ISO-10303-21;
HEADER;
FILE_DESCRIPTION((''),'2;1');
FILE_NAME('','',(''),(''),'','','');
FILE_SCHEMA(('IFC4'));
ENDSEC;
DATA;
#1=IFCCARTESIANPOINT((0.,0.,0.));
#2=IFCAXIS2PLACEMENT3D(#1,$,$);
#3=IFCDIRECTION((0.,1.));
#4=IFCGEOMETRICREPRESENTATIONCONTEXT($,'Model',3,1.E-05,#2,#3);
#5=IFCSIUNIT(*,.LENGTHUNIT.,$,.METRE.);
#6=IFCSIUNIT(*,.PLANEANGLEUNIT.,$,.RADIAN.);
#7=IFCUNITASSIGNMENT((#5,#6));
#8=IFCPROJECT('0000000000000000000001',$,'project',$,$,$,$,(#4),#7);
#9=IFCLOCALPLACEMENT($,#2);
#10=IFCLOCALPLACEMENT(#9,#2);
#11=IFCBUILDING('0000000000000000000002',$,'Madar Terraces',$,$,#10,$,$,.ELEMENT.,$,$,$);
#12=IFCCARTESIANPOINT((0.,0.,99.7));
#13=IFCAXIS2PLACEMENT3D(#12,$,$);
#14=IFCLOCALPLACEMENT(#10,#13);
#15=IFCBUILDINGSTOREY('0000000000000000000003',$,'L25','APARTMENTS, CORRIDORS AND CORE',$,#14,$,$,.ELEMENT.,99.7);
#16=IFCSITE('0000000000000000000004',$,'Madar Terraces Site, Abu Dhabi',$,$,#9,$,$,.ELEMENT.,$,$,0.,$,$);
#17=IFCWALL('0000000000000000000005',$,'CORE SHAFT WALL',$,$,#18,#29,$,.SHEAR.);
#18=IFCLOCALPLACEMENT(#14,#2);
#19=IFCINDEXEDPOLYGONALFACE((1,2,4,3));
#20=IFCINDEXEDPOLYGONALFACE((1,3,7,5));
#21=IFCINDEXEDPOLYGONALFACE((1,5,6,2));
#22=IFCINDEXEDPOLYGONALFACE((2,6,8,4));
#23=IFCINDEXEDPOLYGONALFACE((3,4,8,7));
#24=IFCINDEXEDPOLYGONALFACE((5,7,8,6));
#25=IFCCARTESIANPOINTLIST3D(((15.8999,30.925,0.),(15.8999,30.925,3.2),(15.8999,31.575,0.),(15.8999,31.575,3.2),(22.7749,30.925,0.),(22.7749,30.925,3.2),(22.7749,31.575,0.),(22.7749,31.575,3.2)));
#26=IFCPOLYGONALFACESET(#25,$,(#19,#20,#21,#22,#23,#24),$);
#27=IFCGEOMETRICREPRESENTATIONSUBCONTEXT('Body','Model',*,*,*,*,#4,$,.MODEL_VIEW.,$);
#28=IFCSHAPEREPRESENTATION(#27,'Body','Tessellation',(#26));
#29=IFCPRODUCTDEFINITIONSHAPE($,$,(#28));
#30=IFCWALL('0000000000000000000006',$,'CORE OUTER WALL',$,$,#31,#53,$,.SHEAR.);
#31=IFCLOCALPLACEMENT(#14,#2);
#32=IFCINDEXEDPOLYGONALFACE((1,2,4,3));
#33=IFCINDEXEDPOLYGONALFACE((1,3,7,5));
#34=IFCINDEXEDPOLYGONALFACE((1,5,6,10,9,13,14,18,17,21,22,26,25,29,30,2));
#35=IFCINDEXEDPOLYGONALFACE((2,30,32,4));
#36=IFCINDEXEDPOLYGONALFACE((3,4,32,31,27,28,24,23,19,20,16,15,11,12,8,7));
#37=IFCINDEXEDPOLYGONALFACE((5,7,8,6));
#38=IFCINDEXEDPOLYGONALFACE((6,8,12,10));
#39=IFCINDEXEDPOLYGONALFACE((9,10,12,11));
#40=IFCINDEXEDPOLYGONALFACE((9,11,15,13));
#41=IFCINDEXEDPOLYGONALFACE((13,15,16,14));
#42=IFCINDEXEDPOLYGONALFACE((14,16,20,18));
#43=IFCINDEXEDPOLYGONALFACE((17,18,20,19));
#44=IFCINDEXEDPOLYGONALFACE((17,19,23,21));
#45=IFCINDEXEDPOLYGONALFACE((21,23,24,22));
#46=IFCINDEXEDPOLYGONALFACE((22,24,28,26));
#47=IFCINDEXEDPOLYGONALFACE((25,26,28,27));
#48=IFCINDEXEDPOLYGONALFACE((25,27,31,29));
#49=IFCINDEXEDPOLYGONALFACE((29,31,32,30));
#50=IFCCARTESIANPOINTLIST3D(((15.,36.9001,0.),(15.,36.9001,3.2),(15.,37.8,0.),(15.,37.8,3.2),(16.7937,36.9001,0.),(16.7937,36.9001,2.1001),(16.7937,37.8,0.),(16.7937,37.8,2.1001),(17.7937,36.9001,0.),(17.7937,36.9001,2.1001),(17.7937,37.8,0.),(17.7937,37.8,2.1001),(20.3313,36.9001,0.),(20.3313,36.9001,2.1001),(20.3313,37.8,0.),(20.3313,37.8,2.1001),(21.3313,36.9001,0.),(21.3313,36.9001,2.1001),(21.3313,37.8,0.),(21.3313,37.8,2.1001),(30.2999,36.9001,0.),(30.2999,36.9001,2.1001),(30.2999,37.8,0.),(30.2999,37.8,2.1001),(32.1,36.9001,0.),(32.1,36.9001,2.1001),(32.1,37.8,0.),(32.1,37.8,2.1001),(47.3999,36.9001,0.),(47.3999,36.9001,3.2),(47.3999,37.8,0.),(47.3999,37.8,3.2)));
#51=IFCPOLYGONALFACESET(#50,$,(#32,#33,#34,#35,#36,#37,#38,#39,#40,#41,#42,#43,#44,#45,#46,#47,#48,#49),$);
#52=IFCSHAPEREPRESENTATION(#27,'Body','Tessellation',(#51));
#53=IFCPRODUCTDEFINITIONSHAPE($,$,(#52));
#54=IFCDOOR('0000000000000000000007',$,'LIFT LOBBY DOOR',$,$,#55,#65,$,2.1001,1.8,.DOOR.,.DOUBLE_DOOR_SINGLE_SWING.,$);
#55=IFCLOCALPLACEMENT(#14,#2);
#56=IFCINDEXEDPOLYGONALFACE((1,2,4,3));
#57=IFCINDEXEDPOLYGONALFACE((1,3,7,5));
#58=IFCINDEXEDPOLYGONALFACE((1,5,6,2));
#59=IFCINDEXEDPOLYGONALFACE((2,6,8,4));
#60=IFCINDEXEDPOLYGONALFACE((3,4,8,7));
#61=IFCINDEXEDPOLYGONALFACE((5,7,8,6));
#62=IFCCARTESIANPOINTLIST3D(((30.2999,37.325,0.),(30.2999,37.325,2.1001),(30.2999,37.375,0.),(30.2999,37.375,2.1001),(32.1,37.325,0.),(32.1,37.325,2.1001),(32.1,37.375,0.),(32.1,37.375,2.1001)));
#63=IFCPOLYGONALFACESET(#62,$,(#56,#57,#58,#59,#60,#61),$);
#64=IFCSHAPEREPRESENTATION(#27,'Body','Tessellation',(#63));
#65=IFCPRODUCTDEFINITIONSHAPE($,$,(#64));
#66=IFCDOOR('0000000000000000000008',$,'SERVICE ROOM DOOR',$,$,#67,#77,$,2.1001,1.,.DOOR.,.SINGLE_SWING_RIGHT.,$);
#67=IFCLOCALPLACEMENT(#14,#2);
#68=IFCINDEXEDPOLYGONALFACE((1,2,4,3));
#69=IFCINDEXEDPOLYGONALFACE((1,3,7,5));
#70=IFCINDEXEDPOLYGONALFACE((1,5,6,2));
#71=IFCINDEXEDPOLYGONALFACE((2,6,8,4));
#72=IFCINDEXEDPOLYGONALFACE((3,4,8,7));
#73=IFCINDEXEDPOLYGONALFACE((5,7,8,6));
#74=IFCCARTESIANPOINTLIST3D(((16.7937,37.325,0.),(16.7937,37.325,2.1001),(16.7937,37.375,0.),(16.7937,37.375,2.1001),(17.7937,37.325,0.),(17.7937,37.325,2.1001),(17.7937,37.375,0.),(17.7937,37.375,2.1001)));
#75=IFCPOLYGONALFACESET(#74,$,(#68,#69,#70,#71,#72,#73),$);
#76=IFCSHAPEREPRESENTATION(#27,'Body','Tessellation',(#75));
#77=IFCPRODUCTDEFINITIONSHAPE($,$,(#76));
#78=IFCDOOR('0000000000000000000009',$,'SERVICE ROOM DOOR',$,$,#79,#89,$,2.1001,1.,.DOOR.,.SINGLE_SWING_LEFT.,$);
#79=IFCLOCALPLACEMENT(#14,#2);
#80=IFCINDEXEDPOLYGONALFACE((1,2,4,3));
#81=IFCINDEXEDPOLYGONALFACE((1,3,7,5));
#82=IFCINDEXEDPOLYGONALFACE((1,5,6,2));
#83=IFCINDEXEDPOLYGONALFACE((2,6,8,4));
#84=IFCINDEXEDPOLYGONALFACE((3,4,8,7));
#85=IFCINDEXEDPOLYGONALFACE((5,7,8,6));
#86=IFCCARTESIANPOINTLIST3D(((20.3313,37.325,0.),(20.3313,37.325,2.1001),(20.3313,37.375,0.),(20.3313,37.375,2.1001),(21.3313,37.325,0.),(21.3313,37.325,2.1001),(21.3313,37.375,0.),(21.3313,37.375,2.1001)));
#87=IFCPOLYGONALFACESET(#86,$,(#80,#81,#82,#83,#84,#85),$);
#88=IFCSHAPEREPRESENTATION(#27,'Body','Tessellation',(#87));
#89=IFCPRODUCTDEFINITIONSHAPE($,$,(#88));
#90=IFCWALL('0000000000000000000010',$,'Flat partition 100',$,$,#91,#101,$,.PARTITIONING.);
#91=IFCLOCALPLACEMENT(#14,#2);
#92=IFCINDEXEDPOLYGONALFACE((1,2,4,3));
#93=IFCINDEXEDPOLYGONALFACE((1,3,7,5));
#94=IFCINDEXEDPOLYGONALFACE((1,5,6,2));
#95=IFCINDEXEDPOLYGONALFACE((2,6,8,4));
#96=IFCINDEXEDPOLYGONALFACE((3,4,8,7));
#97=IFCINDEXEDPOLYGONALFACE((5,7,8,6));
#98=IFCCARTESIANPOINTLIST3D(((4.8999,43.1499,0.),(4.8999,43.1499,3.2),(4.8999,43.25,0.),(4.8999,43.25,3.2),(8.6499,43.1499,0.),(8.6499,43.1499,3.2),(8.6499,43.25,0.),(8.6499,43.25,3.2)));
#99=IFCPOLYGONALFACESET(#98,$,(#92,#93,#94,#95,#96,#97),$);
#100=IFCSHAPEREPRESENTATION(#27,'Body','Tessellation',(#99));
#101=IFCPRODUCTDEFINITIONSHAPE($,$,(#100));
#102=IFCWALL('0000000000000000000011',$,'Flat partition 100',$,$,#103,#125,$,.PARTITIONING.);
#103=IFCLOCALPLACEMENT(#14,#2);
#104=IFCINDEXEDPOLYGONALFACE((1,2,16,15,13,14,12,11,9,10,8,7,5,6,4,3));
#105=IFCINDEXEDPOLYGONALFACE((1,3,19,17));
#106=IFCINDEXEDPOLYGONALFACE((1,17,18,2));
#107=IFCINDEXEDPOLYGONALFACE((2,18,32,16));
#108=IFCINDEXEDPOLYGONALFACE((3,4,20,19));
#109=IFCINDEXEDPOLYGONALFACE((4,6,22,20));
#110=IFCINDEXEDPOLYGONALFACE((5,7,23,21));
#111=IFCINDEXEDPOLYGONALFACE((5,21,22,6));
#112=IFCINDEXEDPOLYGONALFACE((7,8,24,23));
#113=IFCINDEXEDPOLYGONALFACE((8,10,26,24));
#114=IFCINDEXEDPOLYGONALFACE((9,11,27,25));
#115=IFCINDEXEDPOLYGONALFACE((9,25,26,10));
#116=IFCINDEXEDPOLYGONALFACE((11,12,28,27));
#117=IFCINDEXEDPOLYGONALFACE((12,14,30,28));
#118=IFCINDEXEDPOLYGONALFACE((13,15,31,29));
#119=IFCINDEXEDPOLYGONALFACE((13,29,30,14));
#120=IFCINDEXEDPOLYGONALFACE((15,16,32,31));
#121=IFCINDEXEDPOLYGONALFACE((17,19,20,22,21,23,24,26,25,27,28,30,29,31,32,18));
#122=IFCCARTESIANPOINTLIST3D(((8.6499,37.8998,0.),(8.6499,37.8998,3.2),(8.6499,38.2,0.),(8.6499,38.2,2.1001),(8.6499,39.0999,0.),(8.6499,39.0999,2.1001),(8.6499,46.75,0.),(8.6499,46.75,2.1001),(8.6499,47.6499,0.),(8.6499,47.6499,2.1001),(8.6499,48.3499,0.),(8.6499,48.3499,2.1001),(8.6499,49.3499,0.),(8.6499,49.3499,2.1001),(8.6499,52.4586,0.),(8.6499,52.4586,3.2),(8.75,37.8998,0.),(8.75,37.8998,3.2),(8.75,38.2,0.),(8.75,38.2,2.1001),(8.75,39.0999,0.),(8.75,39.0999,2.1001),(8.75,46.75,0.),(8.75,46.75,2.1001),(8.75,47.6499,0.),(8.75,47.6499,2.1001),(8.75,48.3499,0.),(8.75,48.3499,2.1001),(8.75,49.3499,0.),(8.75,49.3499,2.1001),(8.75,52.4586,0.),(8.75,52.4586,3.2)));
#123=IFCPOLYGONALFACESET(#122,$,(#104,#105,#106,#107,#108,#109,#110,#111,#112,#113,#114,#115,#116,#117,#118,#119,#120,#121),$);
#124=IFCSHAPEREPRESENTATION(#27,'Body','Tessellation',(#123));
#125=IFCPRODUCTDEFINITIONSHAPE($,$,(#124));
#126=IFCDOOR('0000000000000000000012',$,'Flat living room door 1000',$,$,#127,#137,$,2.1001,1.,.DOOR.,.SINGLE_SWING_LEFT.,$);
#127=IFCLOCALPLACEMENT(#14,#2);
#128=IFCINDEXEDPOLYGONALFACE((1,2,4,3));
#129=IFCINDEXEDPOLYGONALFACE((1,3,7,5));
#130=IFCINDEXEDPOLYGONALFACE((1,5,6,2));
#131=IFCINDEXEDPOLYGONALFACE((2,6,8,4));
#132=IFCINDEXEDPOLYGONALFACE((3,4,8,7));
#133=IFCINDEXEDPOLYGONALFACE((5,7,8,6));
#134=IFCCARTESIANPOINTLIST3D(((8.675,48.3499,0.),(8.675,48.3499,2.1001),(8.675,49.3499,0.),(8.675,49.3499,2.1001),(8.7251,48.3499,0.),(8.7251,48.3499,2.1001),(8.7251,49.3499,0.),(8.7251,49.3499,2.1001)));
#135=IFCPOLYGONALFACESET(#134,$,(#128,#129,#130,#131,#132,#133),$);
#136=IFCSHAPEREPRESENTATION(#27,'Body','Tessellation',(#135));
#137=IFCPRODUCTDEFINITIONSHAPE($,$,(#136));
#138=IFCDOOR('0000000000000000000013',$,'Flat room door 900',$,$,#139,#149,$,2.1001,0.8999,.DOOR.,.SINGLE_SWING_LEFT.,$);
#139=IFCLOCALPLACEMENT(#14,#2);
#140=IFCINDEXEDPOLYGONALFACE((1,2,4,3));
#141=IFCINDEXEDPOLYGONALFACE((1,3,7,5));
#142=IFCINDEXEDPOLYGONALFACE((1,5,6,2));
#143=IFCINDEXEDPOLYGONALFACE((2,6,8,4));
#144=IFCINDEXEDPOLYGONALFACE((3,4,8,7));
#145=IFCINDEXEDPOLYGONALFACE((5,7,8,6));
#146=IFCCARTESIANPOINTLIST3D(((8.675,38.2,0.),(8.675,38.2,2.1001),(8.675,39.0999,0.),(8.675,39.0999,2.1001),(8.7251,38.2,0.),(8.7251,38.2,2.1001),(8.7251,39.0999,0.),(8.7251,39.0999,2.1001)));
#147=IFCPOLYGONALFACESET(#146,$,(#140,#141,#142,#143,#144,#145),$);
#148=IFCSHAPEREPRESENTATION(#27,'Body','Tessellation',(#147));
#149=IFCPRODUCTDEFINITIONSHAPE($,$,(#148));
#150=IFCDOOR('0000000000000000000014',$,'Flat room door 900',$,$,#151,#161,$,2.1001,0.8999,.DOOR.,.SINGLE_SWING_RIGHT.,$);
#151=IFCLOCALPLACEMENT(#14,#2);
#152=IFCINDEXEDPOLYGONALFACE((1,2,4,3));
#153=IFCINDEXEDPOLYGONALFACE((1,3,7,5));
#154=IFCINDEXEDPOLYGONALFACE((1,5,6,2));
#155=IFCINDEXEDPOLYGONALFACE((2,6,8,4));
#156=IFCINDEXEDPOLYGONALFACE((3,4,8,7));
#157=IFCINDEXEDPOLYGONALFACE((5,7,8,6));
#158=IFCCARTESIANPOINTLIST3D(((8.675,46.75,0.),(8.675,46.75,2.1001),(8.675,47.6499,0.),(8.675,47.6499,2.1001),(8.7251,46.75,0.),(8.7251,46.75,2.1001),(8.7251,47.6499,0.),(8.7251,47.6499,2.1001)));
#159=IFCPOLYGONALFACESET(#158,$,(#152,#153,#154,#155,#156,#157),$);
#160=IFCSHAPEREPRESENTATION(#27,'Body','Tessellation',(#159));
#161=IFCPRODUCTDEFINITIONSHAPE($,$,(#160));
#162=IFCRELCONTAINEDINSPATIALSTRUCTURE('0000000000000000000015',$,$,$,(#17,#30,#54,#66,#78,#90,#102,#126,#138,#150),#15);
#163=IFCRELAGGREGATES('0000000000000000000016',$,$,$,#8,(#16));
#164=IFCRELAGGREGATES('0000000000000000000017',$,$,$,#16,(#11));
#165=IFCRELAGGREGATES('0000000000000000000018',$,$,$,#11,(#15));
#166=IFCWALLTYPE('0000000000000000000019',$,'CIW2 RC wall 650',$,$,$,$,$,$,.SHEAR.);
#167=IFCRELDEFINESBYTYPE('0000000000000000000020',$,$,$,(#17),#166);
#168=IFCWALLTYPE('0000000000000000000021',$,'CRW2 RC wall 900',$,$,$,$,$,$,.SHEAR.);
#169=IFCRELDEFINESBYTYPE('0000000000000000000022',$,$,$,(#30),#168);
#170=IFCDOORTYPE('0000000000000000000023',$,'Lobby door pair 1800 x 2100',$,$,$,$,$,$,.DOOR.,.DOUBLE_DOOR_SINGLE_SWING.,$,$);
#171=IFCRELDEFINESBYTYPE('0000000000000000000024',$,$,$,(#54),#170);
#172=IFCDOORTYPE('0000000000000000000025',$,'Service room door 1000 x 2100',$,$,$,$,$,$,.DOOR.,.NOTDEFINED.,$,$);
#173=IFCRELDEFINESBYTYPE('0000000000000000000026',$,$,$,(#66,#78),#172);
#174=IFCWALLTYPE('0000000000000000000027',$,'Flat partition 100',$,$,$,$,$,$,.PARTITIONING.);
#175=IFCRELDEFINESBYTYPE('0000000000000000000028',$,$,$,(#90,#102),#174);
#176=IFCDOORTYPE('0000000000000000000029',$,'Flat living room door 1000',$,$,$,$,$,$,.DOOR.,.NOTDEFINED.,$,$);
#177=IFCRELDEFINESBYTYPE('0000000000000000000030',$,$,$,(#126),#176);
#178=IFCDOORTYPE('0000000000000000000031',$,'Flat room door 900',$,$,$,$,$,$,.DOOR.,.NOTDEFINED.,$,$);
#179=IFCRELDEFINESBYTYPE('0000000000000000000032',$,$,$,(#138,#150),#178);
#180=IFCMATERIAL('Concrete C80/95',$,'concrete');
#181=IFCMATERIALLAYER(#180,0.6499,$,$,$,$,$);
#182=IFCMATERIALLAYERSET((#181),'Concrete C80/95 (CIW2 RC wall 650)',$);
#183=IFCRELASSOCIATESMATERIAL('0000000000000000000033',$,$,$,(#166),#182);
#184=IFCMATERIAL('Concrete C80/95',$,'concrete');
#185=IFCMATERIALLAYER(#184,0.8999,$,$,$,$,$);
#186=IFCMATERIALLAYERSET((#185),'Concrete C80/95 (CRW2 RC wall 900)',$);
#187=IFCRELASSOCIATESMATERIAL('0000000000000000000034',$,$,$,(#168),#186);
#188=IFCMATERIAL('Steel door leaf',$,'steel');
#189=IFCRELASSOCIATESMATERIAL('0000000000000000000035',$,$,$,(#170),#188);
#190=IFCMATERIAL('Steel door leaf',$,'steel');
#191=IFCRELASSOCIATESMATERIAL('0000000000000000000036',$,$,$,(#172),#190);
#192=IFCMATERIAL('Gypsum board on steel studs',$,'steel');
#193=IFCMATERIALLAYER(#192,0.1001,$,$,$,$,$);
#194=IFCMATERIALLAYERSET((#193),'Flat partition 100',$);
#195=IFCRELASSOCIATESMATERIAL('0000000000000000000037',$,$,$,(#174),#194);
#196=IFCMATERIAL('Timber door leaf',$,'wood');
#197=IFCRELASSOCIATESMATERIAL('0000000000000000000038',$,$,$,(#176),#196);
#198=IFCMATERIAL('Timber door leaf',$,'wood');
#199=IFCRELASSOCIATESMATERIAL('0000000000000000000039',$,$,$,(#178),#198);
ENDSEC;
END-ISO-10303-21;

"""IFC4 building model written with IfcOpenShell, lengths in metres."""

from ifc_helpers import new_model, si_unit, direction, frame, frame_2d, origin, place, context, subcontext, project, spatial, rectangle, extrude, material, layer, layer_set, type_object, element, fill, save


model = new_model("IFC4")

# Units and contexts
model_context = context("Model", 3, precision=1e-05, world=origin(), true_north=direction((0.0, 1.0)))
body_context = subcontext(model_context, "Body", "Model", "MODEL_VIEW")
ifc_project = project(units=[si_unit("LENGTHUNIT", "METRE"), si_unit("PLANEANGLEUNIT", "RADIAN")], contexts=[model_context])

# Site, building, storey
site_placement = place(None, origin())
site = spatial("IfcSite", under=ifc_project, at=site_placement, Name="Madar Terraces Site, Abu Dhabi", CompositionType="ELEMENT", RefElevation=0.0)
building_placement = place(site_placement, origin())
building = spatial("IfcBuilding", under=site, at=building_placement, Name="Madar Terraces", CompositionType="ELEMENT")
storey_placement = place(building_placement, frame((0.0, 0.0, 99.7)))
storey = spatial("IfcBuildingStorey", under=building, at=storey_placement, Name="L25", Description="APARTMENTS, CORRIDORS AND CORE", CompositionType="ELEMENT", Elevation=99.7)

# Wall
ifc_material_1 = material(Name="Concrete C80/95", Category="concrete")
ifc_layer_1 = layer(ifc_material_1, 0.6499)
ifc_layer_set_1 = layer_set([ifc_layer_1], Name="Concrete C80/95 (CIW2 RC wall 650)")
wall_type_1 = type_object("IfcWallType", Name="CIW2 RC wall 650", PredefinedType="SHEAR", material=ifc_layer_set_1)
wall_1_placement = place(storey_placement, frame((15.8999, 31.25, 0.0), z_axis=(0.0, 0.0, 1.0), x_axis=(1.0, 0.0, 0.0)))
element("IfcWall", 1, at=wall_1_placement, inside=storey, type_object=wall_type_1, Name="CORE SHAFT WALL", PredefinedType="SHEAR", context=body_context, shape_type="SweptSolid", body=[
    extrude(rectangle(XDim=6.875, YDim=0.6499, at=frame_2d((3.4375, 0.0))), origin(), (0.0, 0.0, 1.0), 3.2),
])

# Wall, openings, doors
ifc_material_2 = material(Name="Concrete C80/95", Category="concrete")
ifc_layer_2 = layer(ifc_material_2, 0.8999)
ifc_layer_set_2 = layer_set([ifc_layer_2], Name="Concrete C80/95 (CRW2 RC wall 900)")
wall_type_2 = type_object("IfcWallType", Name="CRW2 RC wall 900", PredefinedType="SHEAR", material=ifc_layer_set_2)
wall_2_placement = place(storey_placement, frame((15.0, 37.3501, 0.0), z_axis=(0.0, 0.0, 1.0), x_axis=(1.0, 0.0, 0.0)))
wall_2 = element("IfcWall", 2, at=wall_2_placement, inside=storey, type_object=wall_type_2, Name="CORE OUTER WALL", PredefinedType="SHEAR", context=body_context, shape_type="SweptSolid", body=[
    extrude(rectangle(XDim=32.3999, YDim=0.8999, at=frame_2d((16.2, 0.0))), origin(), (0.0, 0.0, 1.0), 3.2),
])
opening_1_placement = place(wall_2_placement, frame((15.3, 0.0, 0.0)))
opening_1 = element("IfcOpeningElement", 3, at=opening_1_placement, cuts=wall_2, PredefinedType="OPENING", context=body_context, shape_type="SweptSolid", body=[
    extrude(rectangle(XDim=1.8, YDim=2.1001, at=frame_2d((0.8999, 1.05))), frame((0.0, 0.46, 0.0), z_axis=(0.0, -1.0, 0.0), x_axis=(1.0, 0.0, 0.0)), (0.0, 0.0, 1.0), 0.9199),
])
opening_2_placement = place(wall_2_placement, frame((1.7937, 0.0, 0.0)))
opening_2 = element("IfcOpeningElement", 4, at=opening_2_placement, cuts=wall_2, PredefinedType="OPENING", context=body_context, shape_type="SweptSolid", body=[
    extrude(rectangle(XDim=1.0, YDim=2.1001, at=frame_2d((0.5, 1.05))), frame((0.0, 0.46, 0.0), z_axis=(0.0, -1.0, 0.0), x_axis=(1.0, 0.0, 0.0)), (0.0, 0.0, 1.0), 0.9199),
])
opening_3_placement = place(wall_2_placement, frame((5.3313, 0.0, 0.0)))
opening_3 = element("IfcOpeningElement", 5, at=opening_3_placement, cuts=wall_2, PredefinedType="OPENING", context=body_context, shape_type="SweptSolid", body=[
    extrude(rectangle(XDim=1.0, YDim=2.1001, at=frame_2d((0.5, 1.05))), frame((0.0, 0.46, 0.0), z_axis=(0.0, -1.0, 0.0), x_axis=(1.0, 0.0, 0.0)), (0.0, 0.0, 1.0), 0.9199),
])
ifc_material_3 = material(Name="Steel door leaf", Category="steel")
door_type_1 = type_object("IfcDoorType", Name="Lobby door pair 1800 x 2100", OperationType="DOUBLE_DOOR_SINGLE_SWING", PredefinedType="DOOR", material=ifc_material_3)
door_1_placement = place(opening_1_placement, origin())
door_1 = element("IfcDoor", 6, at=door_1_placement, inside=storey, type_object=door_type_1, Name="LIFT LOBBY DOOR", OperationType="DOUBLE_DOOR_SINGLE_SWING", OverallHeight=2.1001, OverallWidth=1.8, PredefinedType="DOOR", context=body_context, shape_type="SweptSolid", body=[
    extrude(rectangle(XDim=1.8, YDim=2.1001, at=frame_2d((0.8999, 1.05))), frame((0.0, 0.0249, 0.0), z_axis=(0.0, -1.0, 0.0), x_axis=(1.0, 0.0, 0.0)), (0.0, 0.0, 1.0), 0.05),
])
fill(opening_1, door_1)
ifc_material_4 = material(Name="Steel door leaf", Category="steel")
door_type_2 = type_object("IfcDoorType", Name="Service room door 1000 x 2100", OperationType="NOTDEFINED", PredefinedType="DOOR", material=ifc_material_4)
door_2_placement = place(opening_2_placement, origin())
door_2 = element("IfcDoor", 7, at=door_2_placement, inside=storey, type_object=door_type_2, Name="SERVICE ROOM DOOR", OperationType="SINGLE_SWING_RIGHT", OverallHeight=2.1001, OverallWidth=1.0, PredefinedType="DOOR", context=body_context, shape_type="SweptSolid", body=[
    extrude(rectangle(XDim=1.0, YDim=2.1001, at=frame_2d((0.5, 1.05))), frame((0.0, 0.0249, 0.0), z_axis=(0.0, -1.0, 0.0), x_axis=(1.0, 0.0, 0.0)), (0.0, 0.0, 1.0), 0.05),
])
fill(opening_2, door_2)
door_3_placement = place(opening_3_placement, origin())
door_3 = element("IfcDoor", 8, at=door_3_placement, inside=storey, type_object=door_type_2, Name="SERVICE ROOM DOOR", OperationType="SINGLE_SWING_LEFT", OverallHeight=2.1001, OverallWidth=1.0, PredefinedType="DOOR", context=body_context, shape_type="SweptSolid", body=[
    extrude(rectangle(XDim=1.0, YDim=2.1001, at=frame_2d((0.5, 1.05))), frame((0.0, 0.0249, 0.0), z_axis=(0.0, -1.0, 0.0), x_axis=(1.0, 0.0, 0.0)), (0.0, 0.0, 1.0), 0.05),
])
fill(opening_3, door_3)

# Wall
ifc_material_5 = material(Name="Gypsum board on steel studs", Category="steel")
ifc_layer_3 = layer(ifc_material_5, 0.1001)
ifc_layer_set_3 = layer_set([ifc_layer_3], Name="Flat partition 100")
wall_type_3 = type_object("IfcWallType", Name="Flat partition 100", PredefinedType="PARTITIONING", material=ifc_layer_set_3)
wall_3_placement = place(storey_placement, frame((8.6499, 43.2, 0.0), z_axis=(0.0, 0.0, 1.0), x_axis=(-1.0, 0.0, 0.0)))
element("IfcWall", 9, at=wall_3_placement, inside=storey, type_object=wall_type_3, Name="Flat partition 100", PredefinedType="PARTITIONING", context=body_context, shape_type="SweptSolid", body=[
    extrude(rectangle(XDim=3.75, YDim=0.1001, at=frame_2d((1.875, 0.0))), origin(), (0.0, 0.0, 1.0), 3.2),
])

# Wall, openings, doors
wall_4_placement = place(storey_placement, frame((8.7, 37.8999, 0.0), z_axis=(0.0, 0.0, 1.0), x_axis=(0.0, 1.0, 0.0)))
wall_4 = element("IfcWall", 10, at=wall_4_placement, inside=storey, type_object=wall_type_3, Name="Flat partition 100", PredefinedType="PARTITIONING", context=body_context, shape_type="SweptSolid", body=[
    extrude(rectangle(XDim=14.5588, YDim=0.1001, at=frame_2d((7.2793, 0.0))), origin(), (0.0, 0.0, 1.0), 3.2),
])
opening_4_placement = place(wall_4_placement, frame((0.3, 0.0, 0.0)))
opening_4 = element("IfcOpeningElement", 11, at=opening_4_placement, cuts=wall_4, PredefinedType="OPENING", context=body_context, shape_type="SweptSolid", body=[
    extrude(rectangle(XDim=0.8999, YDim=2.1001, at=frame_2d((0.45, 1.05))), frame((0.0, 0.0601, 0.0), z_axis=(0.0, -1.0, 0.0), x_axis=(1.0, 0.0, 0.0)), (0.0, 0.0, 1.0), 0.1201),
])
opening_5_placement = place(wall_4_placement, frame((8.8501, 0.0, 0.0)))
opening_5 = element("IfcOpeningElement", 12, at=opening_5_placement, cuts=wall_4, PredefinedType="OPENING", context=body_context, shape_type="SweptSolid", body=[
    extrude(rectangle(XDim=0.8999, YDim=2.1001, at=frame_2d((0.45, 1.05))), frame((0.0, 0.0601, 0.0), z_axis=(0.0, -1.0, 0.0), x_axis=(1.0, 0.0, 0.0)), (0.0, 0.0, 1.0), 0.1201),
])
opening_6_placement = place(wall_4_placement, frame((10.45, 0.0, 0.0)))
opening_6 = element("IfcOpeningElement", 13, at=opening_6_placement, cuts=wall_4, PredefinedType="OPENING", context=body_context, shape_type="SweptSolid", body=[
    extrude(rectangle(XDim=1.0, YDim=2.1001, at=frame_2d((0.5, 1.05))), frame((0.0, 0.0601, 0.0), z_axis=(0.0, -1.0, 0.0), x_axis=(1.0, 0.0, 0.0)), (0.0, 0.0, 1.0), 0.1201),
])
ifc_material_6 = material(Name="Timber door leaf", Category="wood")
door_type_3 = type_object("IfcDoorType", Name="Flat living room door 1000", OperationType="NOTDEFINED", PredefinedType="DOOR", material=ifc_material_6)
door_4_placement = place(opening_6_placement, origin())
door_4 = element("IfcDoor", 14, at=door_4_placement, inside=storey, type_object=door_type_3, Name="Flat living room door 1000", OperationType="SINGLE_SWING_LEFT", OverallHeight=2.1001, OverallWidth=1.0, PredefinedType="DOOR", context=body_context, shape_type="SweptSolid", body=[
    extrude(rectangle(XDim=1.0, YDim=2.1001, at=frame_2d((0.5, 1.05))), frame((0.0, 0.0249, 0.0), z_axis=(0.0, -1.0, 0.0), x_axis=(1.0, 0.0, 0.0)), (0.0, 0.0, 1.0), 0.05),
])
fill(opening_6, door_4)
ifc_material_7 = material(Name="Timber door leaf", Category="wood")
door_type_4 = type_object("IfcDoorType", Name="Flat room door 900", OperationType="NOTDEFINED", PredefinedType="DOOR", material=ifc_material_7)
door_5_placement = place(opening_4_placement, origin())
door_5 = element("IfcDoor", 15, at=door_5_placement, inside=storey, type_object=door_type_4, Name="Flat room door 900", OperationType="SINGLE_SWING_LEFT", OverallHeight=2.1001, OverallWidth=0.8999, PredefinedType="DOOR", context=body_context, shape_type="SweptSolid", body=[
    extrude(rectangle(XDim=0.8999, YDim=2.1001, at=frame_2d((0.45, 1.05))), frame((0.0, 0.0249, 0.0), z_axis=(0.0, -1.0, 0.0), x_axis=(1.0, 0.0, 0.0)), (0.0, 0.0, 1.0), 0.05),
])
fill(opening_4, door_5)
door_6_placement = place(opening_5_placement, origin())
door_6 = element("IfcDoor", 16, at=door_6_placement, inside=storey, type_object=door_type_4, Name="Flat room door 900", OperationType="SINGLE_SWING_RIGHT", OverallHeight=2.1001, OverallWidth=0.8999, PredefinedType="DOOR", context=body_context, shape_type="SweptSolid", body=[
    extrude(rectangle(XDim=0.8999, YDim=2.1001, at=frame_2d((0.45, 1.05))), frame((0.0, 0.0249, 0.0), z_axis=(0.0, -1.0, 0.0), x_axis=(1.0, 0.0, 0.0)), (0.0, 0.0, 1.0), 0.05),
])
fill(opening_5, door_6)

save(model, "model.ifc")
